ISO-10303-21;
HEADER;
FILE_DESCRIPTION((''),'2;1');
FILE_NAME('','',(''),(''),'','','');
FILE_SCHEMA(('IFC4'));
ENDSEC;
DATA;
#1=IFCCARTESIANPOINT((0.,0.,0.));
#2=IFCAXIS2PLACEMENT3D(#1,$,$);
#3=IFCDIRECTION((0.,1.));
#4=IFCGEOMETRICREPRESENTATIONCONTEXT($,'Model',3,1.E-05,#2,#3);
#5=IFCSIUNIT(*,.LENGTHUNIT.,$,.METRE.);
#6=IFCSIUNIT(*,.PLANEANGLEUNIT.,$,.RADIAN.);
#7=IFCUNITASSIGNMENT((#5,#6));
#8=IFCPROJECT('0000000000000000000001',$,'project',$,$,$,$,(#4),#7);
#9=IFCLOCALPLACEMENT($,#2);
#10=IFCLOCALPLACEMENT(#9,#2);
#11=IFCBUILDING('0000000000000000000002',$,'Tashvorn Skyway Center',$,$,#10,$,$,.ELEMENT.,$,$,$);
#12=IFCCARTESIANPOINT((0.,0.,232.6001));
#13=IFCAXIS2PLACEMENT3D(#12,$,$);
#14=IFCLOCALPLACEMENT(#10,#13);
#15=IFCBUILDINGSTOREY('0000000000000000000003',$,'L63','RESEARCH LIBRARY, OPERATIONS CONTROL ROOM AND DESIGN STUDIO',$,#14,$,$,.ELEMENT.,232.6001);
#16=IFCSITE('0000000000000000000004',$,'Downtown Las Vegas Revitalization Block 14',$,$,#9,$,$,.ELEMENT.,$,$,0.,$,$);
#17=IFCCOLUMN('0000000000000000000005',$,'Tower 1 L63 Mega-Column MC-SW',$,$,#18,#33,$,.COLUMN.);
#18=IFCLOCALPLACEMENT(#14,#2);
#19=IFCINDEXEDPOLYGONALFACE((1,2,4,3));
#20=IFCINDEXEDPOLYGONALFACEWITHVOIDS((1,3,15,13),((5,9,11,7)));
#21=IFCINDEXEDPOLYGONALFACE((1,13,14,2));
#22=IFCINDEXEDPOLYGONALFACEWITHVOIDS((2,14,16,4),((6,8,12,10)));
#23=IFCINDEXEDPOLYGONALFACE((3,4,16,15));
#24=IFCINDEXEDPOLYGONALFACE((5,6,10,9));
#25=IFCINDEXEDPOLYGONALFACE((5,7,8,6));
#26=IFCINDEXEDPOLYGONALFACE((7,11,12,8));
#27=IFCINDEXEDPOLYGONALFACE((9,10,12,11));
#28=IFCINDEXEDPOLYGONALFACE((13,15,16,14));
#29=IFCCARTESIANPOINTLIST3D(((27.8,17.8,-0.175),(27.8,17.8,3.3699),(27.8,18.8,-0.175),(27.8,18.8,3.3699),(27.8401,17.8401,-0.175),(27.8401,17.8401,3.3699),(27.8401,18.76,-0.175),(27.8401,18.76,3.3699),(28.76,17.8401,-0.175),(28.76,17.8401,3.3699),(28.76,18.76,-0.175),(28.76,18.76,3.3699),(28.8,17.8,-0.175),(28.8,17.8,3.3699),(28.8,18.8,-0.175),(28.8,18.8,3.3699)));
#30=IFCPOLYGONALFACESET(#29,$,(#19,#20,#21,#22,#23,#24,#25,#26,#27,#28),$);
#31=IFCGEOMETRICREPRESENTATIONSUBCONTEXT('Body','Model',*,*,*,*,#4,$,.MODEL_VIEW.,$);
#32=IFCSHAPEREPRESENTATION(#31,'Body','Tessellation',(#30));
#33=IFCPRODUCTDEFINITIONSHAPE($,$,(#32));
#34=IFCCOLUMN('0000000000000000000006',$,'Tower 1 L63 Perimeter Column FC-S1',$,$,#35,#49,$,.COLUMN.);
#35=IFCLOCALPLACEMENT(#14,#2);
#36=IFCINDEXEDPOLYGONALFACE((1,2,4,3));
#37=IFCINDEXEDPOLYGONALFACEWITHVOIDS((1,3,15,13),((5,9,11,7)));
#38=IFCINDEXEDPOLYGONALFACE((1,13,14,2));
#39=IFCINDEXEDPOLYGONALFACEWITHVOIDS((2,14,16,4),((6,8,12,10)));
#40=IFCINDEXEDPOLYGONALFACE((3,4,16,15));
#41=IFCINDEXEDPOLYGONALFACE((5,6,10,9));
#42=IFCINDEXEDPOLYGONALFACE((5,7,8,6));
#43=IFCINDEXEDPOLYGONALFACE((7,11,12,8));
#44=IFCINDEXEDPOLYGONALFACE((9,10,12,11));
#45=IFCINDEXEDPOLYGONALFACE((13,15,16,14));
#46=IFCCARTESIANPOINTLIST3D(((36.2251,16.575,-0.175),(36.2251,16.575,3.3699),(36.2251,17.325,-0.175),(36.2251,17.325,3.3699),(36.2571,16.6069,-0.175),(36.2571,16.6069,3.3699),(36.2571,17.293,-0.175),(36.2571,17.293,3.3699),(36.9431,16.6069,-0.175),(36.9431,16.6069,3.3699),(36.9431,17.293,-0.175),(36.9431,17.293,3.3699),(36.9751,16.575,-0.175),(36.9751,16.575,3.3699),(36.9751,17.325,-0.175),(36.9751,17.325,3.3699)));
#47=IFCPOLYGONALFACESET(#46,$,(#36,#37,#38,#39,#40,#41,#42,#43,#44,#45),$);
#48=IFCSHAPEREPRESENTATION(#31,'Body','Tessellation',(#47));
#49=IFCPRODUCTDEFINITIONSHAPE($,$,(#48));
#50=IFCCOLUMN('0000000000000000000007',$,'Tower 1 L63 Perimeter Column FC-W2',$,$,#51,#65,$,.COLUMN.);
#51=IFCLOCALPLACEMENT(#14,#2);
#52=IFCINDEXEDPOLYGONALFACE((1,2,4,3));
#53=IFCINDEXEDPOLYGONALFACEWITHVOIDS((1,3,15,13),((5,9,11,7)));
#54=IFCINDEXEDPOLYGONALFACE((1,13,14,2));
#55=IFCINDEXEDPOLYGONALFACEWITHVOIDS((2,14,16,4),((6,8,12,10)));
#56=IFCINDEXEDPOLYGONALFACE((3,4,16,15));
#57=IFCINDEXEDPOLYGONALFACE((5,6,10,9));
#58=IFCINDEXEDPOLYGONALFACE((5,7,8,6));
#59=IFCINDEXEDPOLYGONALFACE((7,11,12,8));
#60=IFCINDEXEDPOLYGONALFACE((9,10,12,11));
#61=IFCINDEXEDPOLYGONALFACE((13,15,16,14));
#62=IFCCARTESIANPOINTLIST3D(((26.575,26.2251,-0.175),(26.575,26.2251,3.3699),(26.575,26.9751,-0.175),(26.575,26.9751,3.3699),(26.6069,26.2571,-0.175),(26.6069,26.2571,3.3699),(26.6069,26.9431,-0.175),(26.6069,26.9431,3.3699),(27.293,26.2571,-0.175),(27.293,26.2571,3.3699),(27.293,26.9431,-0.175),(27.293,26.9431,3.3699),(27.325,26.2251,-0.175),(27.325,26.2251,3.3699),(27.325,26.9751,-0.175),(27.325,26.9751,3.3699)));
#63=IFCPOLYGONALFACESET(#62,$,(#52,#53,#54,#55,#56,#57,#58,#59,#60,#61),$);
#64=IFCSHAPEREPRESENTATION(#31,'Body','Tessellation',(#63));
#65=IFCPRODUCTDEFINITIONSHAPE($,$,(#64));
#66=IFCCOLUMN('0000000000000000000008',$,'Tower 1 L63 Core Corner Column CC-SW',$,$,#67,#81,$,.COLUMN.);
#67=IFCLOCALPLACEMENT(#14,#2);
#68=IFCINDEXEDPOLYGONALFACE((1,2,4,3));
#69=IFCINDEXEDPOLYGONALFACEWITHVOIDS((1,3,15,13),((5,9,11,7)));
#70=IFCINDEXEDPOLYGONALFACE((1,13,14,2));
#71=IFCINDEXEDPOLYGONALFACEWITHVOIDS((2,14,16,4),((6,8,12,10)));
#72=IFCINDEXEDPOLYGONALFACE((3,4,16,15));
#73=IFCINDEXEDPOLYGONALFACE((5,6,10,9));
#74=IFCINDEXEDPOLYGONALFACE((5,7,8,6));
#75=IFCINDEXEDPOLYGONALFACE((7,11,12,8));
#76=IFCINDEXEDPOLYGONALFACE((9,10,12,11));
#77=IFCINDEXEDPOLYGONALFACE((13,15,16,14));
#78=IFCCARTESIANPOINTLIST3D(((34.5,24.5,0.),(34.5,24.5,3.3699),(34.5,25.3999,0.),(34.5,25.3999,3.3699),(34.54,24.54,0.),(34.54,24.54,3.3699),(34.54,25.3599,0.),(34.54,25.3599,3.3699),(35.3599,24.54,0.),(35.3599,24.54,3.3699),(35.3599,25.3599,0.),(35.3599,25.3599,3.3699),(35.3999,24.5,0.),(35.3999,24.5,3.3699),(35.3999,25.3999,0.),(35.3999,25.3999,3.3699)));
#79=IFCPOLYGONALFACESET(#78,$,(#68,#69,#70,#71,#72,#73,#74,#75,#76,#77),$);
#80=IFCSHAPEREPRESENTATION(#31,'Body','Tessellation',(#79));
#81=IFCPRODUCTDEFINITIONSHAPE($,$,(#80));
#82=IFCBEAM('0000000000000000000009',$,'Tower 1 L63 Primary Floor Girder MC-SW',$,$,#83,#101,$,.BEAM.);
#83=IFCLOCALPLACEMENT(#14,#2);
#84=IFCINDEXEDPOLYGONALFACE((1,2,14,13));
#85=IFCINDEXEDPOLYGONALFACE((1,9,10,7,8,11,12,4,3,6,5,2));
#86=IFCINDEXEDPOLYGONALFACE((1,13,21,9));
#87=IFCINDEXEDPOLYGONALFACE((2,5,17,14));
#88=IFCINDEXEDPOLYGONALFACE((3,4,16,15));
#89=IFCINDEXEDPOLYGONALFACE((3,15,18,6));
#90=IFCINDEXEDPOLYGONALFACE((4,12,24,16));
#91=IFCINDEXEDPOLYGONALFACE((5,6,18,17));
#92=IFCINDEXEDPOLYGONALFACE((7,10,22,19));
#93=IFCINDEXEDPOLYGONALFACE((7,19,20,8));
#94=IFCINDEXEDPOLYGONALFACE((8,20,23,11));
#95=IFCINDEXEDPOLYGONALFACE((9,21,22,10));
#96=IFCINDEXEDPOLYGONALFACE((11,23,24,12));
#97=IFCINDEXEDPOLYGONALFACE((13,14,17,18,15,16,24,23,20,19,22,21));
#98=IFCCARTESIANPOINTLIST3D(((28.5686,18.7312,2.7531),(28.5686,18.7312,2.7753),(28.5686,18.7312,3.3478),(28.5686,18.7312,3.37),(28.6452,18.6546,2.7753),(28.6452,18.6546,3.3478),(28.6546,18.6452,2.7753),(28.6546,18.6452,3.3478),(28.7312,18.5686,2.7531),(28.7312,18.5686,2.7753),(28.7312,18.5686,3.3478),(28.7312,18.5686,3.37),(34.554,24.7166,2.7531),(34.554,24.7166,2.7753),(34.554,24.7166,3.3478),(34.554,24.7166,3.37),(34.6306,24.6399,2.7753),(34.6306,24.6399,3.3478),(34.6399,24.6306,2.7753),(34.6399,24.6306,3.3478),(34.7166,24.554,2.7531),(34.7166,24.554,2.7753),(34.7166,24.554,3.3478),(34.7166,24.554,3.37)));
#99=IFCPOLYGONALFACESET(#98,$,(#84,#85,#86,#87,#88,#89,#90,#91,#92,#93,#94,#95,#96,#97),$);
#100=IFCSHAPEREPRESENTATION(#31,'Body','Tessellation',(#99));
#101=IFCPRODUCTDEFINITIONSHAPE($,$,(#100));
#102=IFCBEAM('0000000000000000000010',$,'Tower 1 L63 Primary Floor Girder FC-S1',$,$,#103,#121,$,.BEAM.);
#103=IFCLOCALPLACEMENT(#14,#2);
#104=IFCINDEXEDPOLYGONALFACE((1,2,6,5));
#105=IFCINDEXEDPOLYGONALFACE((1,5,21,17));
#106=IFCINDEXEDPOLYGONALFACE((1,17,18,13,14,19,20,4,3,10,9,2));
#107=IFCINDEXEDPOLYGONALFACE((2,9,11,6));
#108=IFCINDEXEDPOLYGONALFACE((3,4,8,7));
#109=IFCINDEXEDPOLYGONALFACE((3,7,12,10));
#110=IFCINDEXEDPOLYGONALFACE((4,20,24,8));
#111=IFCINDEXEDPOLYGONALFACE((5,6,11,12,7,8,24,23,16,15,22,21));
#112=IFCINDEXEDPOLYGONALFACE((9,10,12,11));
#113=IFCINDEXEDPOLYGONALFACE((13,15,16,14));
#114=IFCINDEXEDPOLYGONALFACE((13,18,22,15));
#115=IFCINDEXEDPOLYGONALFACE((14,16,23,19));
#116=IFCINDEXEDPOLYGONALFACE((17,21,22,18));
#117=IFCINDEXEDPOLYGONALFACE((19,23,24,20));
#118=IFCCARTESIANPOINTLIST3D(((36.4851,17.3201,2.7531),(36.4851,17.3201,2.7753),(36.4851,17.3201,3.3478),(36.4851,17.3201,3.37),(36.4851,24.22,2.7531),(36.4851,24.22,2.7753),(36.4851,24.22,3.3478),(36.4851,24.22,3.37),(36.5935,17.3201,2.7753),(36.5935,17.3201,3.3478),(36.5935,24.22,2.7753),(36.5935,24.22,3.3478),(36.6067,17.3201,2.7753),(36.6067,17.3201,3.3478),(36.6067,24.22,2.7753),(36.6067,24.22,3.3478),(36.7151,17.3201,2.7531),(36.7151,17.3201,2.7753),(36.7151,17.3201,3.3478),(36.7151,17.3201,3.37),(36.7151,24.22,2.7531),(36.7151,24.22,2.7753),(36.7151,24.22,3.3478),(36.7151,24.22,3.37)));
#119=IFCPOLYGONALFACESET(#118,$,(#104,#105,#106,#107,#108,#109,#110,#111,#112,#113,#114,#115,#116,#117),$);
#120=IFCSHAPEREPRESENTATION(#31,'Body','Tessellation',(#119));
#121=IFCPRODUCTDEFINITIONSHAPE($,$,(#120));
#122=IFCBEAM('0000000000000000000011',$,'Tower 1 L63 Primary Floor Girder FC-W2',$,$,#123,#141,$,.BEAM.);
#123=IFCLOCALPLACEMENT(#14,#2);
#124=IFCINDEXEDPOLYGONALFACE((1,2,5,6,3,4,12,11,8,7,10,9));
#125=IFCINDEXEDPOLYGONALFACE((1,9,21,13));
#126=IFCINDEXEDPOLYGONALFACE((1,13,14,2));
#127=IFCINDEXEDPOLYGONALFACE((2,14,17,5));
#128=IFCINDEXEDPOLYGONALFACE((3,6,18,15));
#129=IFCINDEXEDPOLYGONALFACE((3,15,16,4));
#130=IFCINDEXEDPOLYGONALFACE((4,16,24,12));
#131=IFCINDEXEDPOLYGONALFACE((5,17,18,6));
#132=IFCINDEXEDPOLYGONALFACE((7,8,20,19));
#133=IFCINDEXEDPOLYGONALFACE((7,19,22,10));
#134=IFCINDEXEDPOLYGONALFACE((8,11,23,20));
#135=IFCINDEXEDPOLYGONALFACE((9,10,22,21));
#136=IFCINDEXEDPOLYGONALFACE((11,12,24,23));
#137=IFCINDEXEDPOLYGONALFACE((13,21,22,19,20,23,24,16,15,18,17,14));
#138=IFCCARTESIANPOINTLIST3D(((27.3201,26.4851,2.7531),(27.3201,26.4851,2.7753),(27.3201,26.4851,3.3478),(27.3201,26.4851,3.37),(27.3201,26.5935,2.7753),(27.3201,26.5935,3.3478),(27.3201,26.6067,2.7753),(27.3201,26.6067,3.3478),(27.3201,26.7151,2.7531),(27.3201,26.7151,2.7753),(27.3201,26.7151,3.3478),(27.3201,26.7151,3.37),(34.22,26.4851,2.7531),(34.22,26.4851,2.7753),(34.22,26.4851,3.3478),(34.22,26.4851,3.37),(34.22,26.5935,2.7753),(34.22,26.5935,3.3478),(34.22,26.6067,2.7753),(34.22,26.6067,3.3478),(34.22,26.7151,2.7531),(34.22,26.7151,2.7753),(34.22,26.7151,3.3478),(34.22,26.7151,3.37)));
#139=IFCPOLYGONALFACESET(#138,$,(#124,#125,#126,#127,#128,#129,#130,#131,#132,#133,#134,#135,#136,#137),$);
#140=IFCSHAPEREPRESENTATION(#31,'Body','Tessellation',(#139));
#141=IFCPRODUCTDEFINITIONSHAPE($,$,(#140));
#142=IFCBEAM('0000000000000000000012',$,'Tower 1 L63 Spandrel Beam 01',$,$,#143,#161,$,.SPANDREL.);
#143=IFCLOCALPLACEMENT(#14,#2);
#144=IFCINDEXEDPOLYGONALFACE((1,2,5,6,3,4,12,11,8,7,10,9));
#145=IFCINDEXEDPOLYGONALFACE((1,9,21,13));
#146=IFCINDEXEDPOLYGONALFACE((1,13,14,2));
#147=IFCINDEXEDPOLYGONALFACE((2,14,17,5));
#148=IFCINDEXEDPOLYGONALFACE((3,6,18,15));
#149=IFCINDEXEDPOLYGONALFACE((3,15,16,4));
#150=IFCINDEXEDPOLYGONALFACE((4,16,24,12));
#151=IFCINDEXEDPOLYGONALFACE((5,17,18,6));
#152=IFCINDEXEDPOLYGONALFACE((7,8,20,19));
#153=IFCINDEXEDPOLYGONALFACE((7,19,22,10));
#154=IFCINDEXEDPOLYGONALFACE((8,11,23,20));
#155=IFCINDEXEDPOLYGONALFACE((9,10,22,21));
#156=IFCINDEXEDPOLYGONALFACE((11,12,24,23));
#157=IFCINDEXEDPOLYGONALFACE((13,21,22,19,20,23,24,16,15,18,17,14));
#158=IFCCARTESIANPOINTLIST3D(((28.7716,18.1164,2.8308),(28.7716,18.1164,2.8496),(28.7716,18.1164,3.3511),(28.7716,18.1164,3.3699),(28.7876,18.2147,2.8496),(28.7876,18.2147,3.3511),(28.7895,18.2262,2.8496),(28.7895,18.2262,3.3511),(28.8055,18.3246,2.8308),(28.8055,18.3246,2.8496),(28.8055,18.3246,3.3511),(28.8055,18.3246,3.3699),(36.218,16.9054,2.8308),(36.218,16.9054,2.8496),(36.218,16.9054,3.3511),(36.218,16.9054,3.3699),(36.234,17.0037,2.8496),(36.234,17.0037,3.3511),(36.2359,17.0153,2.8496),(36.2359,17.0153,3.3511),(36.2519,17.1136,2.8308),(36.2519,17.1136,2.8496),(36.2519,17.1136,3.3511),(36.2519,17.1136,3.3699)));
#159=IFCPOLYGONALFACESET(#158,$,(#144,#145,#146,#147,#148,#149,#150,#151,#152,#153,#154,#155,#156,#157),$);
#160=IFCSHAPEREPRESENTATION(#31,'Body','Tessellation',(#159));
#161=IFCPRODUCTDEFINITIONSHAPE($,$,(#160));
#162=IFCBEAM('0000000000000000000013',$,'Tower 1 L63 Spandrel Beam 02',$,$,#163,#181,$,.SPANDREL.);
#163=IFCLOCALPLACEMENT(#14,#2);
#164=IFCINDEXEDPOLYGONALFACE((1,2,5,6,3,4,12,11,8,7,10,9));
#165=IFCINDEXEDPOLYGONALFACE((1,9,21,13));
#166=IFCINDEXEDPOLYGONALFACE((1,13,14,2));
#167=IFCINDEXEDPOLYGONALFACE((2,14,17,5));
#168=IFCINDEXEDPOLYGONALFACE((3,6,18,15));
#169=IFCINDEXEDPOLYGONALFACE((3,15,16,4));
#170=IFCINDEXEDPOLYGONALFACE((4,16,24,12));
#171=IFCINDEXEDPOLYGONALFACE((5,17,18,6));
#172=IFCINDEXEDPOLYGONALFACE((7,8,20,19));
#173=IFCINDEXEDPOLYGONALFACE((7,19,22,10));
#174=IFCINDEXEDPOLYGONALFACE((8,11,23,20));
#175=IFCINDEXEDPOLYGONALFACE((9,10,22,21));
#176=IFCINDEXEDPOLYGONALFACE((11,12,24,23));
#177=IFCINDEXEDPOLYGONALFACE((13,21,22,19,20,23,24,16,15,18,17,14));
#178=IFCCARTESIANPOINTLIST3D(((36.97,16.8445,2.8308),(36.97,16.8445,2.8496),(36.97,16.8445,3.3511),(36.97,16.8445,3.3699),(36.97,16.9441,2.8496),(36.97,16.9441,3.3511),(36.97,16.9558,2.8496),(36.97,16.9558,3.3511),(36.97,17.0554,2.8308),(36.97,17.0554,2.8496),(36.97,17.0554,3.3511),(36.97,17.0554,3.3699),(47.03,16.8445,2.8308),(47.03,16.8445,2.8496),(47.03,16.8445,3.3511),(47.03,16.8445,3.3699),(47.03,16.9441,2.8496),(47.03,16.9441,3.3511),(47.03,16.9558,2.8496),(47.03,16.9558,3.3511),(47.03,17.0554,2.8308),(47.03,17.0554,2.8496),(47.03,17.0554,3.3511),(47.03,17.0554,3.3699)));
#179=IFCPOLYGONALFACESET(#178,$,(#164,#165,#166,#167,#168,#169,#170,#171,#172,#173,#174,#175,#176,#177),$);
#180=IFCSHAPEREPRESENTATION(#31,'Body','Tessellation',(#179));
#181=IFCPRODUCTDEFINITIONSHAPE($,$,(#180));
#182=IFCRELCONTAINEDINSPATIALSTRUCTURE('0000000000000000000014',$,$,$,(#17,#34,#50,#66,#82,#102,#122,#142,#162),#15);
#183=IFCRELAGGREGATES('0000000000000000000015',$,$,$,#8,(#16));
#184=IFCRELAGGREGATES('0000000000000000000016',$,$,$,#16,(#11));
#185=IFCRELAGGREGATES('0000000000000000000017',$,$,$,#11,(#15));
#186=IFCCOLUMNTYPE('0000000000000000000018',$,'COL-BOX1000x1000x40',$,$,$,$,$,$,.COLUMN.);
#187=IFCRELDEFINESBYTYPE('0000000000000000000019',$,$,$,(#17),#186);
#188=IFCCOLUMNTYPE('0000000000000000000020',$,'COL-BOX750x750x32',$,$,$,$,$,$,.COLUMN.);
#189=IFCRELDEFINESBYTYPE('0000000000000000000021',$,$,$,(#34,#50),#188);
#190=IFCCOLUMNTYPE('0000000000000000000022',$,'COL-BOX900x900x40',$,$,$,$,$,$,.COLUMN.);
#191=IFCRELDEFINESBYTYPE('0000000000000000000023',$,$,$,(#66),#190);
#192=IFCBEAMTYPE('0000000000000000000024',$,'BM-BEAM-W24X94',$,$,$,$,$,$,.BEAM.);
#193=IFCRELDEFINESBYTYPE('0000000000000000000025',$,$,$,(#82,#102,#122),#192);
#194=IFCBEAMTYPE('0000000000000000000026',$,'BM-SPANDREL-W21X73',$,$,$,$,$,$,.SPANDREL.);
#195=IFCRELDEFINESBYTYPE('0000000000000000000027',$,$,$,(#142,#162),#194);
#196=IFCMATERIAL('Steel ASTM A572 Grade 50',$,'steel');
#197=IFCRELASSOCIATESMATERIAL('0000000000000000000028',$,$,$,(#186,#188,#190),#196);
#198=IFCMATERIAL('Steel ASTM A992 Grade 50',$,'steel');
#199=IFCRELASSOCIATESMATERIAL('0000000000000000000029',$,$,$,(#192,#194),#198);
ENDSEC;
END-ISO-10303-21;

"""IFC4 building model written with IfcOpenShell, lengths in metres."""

from ifc_helpers import new_model, si_unit, direction, frame, origin, origin_2d, place, context, subcontext, project, spatial, hollow_rectangle, i_section, extrude, material, material_profile, profile_set, type_object, element, save


model = new_model("IFC4")

# Units and contexts
model_context = context("Model", 3, precision=1e-05, world=origin(), true_north=direction((0.0, 1.0)))
body_context = subcontext(model_context, "Body", "Model", "MODEL_VIEW")
ifc_project = project(units=[si_unit("LENGTHUNIT", "METRE"), si_unit("PLANEANGLEUNIT", "RADIAN")], contexts=[model_context])

# Site, building, storey
site_placement = place(None, origin())
site = spatial("IfcSite", under=ifc_project, at=site_placement, Name="Downtown Las Vegas Revitalization Block 14", CompositionType="ELEMENT", RefElevation=0.0)
building_placement = place(site_placement, origin())
building = spatial("IfcBuilding", under=site, at=building_placement, Name="Tashvorn Skyway Center", CompositionType="ELEMENT")
storey_placement = place(building_placement, frame((0.0, 0.0, 232.6001)))
storey = spatial("IfcBuildingStorey", under=building, at=storey_placement, Name="L63", Description="RESEARCH LIBRARY, OPERATIONS CONTROL ROOM AND DESIGN STUDIO", CompositionType="ELEMENT", Elevation=232.6001)

# Columns
ifc_material_1 = material(Name="Steel ASTM A572 Grade 50", Category="steel")
ifc_material_profile_1 = material_profile(ifc_material_1, hollow_rectangle(XDim=1.0, YDim=1.0, WallThickness=0.04, at=origin_2d()), Name="BOX1000x1000x40")
ifc_profile_set_1 = profile_set([ifc_material_profile_1], Name="Steel ASTM A572 Grade 50")
column_type_1 = type_object("IfcColumnType", Name="COL-BOX1000x1000x40", PredefinedType="COLUMN", material=ifc_profile_set_1)
column_1_placement = place(storey_placement, frame((28.3, 18.3, -0.175), z_axis=(0.0, 0.0, 1.0), x_axis=(1.0, 0.0, 0.0)))
element("IfcColumn", 1, at=column_1_placement, inside=storey, type_object=column_type_1, Name="Tower 1 L63 Mega-Column MC-SW", PredefinedType="COLUMN", context=body_context, shape_type="SweptSolid", body=[
    extrude(hollow_rectangle(XDim=1.0, YDim=1.0, WallThickness=0.04, at=origin_2d()), origin(), (0.0, 0.0, 1.0), 3.5449),
])
ifc_material_profile_2 = material_profile(ifc_material_1, hollow_rectangle(XDim=0.75, YDim=0.75, WallThickness=0.032, at=origin_2d()), Name="BOX750x750x32")
ifc_profile_set_2 = profile_set([ifc_material_profile_2], Name="Steel ASTM A572 Grade 50")
column_type_2 = type_object("IfcColumnType", Name="COL-BOX750x750x32", PredefinedType="COLUMN", material=ifc_profile_set_2)
for number, where, z_axis, x_axis, name in (
    (2, (36.6001, 16.95, -0.175), (0.0, 0.0, 1.0), (1.0, 0.0, 0.0), "Tower 1 L63 Perimeter Column FC-S1"),
    (3, (26.95, 26.6001, -0.175), (0.0, 0.0, 1.0), (1.0, 0.0, 0.0), "Tower 1 L63 Perimeter Column FC-W2"),
):
    element("IfcColumn", number, at=place(storey_placement, frame(where, z_axis=z_axis, x_axis=x_axis)), inside=storey, type_object=column_type_2, Name=name, PredefinedType="COLUMN", context=body_context, shape_type="SweptSolid", body=[
        extrude(hollow_rectangle(XDim=0.75, YDim=0.75, WallThickness=0.032, at=origin_2d()), origin(), (0.0, 0.0, 1.0), 3.5449),
    ])
ifc_material_profile_3 = material_profile(ifc_material_1, hollow_rectangle(XDim=0.8999, YDim=0.8999, WallThickness=0.04, at=origin_2d()), Name="BOX900x900x40")
ifc_profile_set_3 = profile_set([ifc_material_profile_3], Name="Steel ASTM A572 Grade 50")
column_type_3 = type_object("IfcColumnType", Name="COL-BOX900x900x40", PredefinedType="COLUMN", material=ifc_profile_set_3)
column_2_placement = place(storey_placement, frame((34.95, 24.95, 0.0), z_axis=(0.0, 0.0, 1.0), x_axis=(1.0, 0.0, 0.0)))
element("IfcColumn", 4, at=column_2_placement, inside=storey, type_object=column_type_3, Name="Tower 1 L63 Core Corner Column CC-SW", PredefinedType="COLUMN", context=body_context, shape_type="SweptSolid", body=[
    extrude(hollow_rectangle(XDim=0.8999, YDim=0.8999, WallThickness=0.04, at=origin_2d()), origin(), (0.0, 0.0, 1.0), 3.3699),
])

# Beams
ifc_material_2 = material(Name="Steel ASTM A992 Grade 50", Category="steel")
ifc_material_profile_4 = material_profile(ifc_material_2, i_section(OverallWidth=0.23, OverallDepth=0.6169, WebThickness=0.0132, FlangeThickness=0.0222, at=origin_2d()), Name="W24X94")
ifc_profile_set_4 = profile_set([ifc_material_profile_4], Name="Steel ASTM A992 Grade 50")
beam_type_1 = type_object("IfcBeamType", Name="BM-BEAM-W24X94", PredefinedType="BEAM", material=ifc_profile_set_4)
beam_1_placement = place(storey_placement, frame((28.6499, 18.6499, 3.0615), z_axis=(0.707107, 0.707107, 0.0), x_axis=(-0.707107, 0.707107, 0.0)))
element("IfcBeam", 5, at=beam_1_placement, inside=storey, type_object=beam_type_1, Name="Tower 1 L63 Primary Floor Girder MC-SW", PredefinedType="BEAM", context=body_context, shape_type="SweptSolid", body=[
    extrude(i_section(OverallWidth=0.23, OverallDepth=0.6169, WebThickness=0.0132, FlangeThickness=0.0222, at=origin_2d()), origin(), (0.0, 0.0, 1.0), 8.4646),
])
for number, where, z_axis, x_axis, name in (
    (6, (36.6001, 17.3201, 3.0615), (0.0, 1.0, 0.0), (-1.0, 0.0, 0.0), "Tower 1 L63 Primary Floor Girder FC-S1"),
    (7, (27.3201, 26.6001, 3.0615), (1.0, 0.0, 0.0), (0.0, 1.0, 0.0), "Tower 1 L63 Primary Floor Girder FC-W2"),
):
    element("IfcBeam", number, at=place(storey_placement, frame(where, z_axis=z_axis, x_axis=x_axis)), inside=storey, type_object=beam_type_1, Name=name, PredefinedType="BEAM", context=body_context, shape_type="SweptSolid", body=[
        extrude(i_section(OverallWidth=0.23, OverallDepth=0.6169, WebThickness=0.0132, FlangeThickness=0.0222, at=origin_2d()), origin(), (0.0, 0.0, 1.0), 6.8999),
    ])
ifc_material_profile_5 = material_profile(ifc_material_2, i_section(OverallWidth=0.2109, OverallDepth=0.5391, WebThickness=0.0117, FlangeThickness=0.0188, at=origin_2d()), Name="W21X73")
ifc_profile_set_5 = profile_set([ifc_material_profile_5], Name="Steel ASTM A992 Grade 50")
beam_type_2 = type_object("IfcBeamType", Name="BM-SPANDREL-W21X73", PredefinedType="SPANDREL", material=ifc_profile_set_5)
beam_2_placement = place(storey_placement, frame((28.7886, 18.2205, 3.1003), z_axis=(0.987034, -0.160514, 0.0), x_axis=(0.160514, 0.987034, 0.0)))
element("IfcBeam", 8, at=beam_2_placement, inside=storey, type_object=beam_type_2, Name="Tower 1 L63 Spandrel Beam 01", PredefinedType="SPANDREL", context=body_context, shape_type="SweptSolid", body=[
    extrude(i_section(OverallWidth=0.2109, OverallDepth=0.5391, WebThickness=0.0117, FlangeThickness=0.0188, at=origin_2d()), origin(), (0.0, 0.0, 1.0), 7.5442),
])
beam_3_placement = place(storey_placement, frame((36.97, 16.95, 3.1003), z_axis=(1.0, 0.0, 0.0), x_axis=(0.0, 1.0, 0.0)))
element("IfcBeam", 9, at=beam_3_placement, inside=storey, type_object=beam_type_2, Name="Tower 1 L63 Spandrel Beam 02", PredefinedType="SPANDREL", context=body_context, shape_type="SweptSolid", body=[
    extrude(i_section(OverallWidth=0.2109, OverallDepth=0.5391, WebThickness=0.0117, FlangeThickness=0.0188, at=origin_2d()), origin(), (0.0, 0.0, 1.0), 10.0601),
])

save(model, "model.ifc")
